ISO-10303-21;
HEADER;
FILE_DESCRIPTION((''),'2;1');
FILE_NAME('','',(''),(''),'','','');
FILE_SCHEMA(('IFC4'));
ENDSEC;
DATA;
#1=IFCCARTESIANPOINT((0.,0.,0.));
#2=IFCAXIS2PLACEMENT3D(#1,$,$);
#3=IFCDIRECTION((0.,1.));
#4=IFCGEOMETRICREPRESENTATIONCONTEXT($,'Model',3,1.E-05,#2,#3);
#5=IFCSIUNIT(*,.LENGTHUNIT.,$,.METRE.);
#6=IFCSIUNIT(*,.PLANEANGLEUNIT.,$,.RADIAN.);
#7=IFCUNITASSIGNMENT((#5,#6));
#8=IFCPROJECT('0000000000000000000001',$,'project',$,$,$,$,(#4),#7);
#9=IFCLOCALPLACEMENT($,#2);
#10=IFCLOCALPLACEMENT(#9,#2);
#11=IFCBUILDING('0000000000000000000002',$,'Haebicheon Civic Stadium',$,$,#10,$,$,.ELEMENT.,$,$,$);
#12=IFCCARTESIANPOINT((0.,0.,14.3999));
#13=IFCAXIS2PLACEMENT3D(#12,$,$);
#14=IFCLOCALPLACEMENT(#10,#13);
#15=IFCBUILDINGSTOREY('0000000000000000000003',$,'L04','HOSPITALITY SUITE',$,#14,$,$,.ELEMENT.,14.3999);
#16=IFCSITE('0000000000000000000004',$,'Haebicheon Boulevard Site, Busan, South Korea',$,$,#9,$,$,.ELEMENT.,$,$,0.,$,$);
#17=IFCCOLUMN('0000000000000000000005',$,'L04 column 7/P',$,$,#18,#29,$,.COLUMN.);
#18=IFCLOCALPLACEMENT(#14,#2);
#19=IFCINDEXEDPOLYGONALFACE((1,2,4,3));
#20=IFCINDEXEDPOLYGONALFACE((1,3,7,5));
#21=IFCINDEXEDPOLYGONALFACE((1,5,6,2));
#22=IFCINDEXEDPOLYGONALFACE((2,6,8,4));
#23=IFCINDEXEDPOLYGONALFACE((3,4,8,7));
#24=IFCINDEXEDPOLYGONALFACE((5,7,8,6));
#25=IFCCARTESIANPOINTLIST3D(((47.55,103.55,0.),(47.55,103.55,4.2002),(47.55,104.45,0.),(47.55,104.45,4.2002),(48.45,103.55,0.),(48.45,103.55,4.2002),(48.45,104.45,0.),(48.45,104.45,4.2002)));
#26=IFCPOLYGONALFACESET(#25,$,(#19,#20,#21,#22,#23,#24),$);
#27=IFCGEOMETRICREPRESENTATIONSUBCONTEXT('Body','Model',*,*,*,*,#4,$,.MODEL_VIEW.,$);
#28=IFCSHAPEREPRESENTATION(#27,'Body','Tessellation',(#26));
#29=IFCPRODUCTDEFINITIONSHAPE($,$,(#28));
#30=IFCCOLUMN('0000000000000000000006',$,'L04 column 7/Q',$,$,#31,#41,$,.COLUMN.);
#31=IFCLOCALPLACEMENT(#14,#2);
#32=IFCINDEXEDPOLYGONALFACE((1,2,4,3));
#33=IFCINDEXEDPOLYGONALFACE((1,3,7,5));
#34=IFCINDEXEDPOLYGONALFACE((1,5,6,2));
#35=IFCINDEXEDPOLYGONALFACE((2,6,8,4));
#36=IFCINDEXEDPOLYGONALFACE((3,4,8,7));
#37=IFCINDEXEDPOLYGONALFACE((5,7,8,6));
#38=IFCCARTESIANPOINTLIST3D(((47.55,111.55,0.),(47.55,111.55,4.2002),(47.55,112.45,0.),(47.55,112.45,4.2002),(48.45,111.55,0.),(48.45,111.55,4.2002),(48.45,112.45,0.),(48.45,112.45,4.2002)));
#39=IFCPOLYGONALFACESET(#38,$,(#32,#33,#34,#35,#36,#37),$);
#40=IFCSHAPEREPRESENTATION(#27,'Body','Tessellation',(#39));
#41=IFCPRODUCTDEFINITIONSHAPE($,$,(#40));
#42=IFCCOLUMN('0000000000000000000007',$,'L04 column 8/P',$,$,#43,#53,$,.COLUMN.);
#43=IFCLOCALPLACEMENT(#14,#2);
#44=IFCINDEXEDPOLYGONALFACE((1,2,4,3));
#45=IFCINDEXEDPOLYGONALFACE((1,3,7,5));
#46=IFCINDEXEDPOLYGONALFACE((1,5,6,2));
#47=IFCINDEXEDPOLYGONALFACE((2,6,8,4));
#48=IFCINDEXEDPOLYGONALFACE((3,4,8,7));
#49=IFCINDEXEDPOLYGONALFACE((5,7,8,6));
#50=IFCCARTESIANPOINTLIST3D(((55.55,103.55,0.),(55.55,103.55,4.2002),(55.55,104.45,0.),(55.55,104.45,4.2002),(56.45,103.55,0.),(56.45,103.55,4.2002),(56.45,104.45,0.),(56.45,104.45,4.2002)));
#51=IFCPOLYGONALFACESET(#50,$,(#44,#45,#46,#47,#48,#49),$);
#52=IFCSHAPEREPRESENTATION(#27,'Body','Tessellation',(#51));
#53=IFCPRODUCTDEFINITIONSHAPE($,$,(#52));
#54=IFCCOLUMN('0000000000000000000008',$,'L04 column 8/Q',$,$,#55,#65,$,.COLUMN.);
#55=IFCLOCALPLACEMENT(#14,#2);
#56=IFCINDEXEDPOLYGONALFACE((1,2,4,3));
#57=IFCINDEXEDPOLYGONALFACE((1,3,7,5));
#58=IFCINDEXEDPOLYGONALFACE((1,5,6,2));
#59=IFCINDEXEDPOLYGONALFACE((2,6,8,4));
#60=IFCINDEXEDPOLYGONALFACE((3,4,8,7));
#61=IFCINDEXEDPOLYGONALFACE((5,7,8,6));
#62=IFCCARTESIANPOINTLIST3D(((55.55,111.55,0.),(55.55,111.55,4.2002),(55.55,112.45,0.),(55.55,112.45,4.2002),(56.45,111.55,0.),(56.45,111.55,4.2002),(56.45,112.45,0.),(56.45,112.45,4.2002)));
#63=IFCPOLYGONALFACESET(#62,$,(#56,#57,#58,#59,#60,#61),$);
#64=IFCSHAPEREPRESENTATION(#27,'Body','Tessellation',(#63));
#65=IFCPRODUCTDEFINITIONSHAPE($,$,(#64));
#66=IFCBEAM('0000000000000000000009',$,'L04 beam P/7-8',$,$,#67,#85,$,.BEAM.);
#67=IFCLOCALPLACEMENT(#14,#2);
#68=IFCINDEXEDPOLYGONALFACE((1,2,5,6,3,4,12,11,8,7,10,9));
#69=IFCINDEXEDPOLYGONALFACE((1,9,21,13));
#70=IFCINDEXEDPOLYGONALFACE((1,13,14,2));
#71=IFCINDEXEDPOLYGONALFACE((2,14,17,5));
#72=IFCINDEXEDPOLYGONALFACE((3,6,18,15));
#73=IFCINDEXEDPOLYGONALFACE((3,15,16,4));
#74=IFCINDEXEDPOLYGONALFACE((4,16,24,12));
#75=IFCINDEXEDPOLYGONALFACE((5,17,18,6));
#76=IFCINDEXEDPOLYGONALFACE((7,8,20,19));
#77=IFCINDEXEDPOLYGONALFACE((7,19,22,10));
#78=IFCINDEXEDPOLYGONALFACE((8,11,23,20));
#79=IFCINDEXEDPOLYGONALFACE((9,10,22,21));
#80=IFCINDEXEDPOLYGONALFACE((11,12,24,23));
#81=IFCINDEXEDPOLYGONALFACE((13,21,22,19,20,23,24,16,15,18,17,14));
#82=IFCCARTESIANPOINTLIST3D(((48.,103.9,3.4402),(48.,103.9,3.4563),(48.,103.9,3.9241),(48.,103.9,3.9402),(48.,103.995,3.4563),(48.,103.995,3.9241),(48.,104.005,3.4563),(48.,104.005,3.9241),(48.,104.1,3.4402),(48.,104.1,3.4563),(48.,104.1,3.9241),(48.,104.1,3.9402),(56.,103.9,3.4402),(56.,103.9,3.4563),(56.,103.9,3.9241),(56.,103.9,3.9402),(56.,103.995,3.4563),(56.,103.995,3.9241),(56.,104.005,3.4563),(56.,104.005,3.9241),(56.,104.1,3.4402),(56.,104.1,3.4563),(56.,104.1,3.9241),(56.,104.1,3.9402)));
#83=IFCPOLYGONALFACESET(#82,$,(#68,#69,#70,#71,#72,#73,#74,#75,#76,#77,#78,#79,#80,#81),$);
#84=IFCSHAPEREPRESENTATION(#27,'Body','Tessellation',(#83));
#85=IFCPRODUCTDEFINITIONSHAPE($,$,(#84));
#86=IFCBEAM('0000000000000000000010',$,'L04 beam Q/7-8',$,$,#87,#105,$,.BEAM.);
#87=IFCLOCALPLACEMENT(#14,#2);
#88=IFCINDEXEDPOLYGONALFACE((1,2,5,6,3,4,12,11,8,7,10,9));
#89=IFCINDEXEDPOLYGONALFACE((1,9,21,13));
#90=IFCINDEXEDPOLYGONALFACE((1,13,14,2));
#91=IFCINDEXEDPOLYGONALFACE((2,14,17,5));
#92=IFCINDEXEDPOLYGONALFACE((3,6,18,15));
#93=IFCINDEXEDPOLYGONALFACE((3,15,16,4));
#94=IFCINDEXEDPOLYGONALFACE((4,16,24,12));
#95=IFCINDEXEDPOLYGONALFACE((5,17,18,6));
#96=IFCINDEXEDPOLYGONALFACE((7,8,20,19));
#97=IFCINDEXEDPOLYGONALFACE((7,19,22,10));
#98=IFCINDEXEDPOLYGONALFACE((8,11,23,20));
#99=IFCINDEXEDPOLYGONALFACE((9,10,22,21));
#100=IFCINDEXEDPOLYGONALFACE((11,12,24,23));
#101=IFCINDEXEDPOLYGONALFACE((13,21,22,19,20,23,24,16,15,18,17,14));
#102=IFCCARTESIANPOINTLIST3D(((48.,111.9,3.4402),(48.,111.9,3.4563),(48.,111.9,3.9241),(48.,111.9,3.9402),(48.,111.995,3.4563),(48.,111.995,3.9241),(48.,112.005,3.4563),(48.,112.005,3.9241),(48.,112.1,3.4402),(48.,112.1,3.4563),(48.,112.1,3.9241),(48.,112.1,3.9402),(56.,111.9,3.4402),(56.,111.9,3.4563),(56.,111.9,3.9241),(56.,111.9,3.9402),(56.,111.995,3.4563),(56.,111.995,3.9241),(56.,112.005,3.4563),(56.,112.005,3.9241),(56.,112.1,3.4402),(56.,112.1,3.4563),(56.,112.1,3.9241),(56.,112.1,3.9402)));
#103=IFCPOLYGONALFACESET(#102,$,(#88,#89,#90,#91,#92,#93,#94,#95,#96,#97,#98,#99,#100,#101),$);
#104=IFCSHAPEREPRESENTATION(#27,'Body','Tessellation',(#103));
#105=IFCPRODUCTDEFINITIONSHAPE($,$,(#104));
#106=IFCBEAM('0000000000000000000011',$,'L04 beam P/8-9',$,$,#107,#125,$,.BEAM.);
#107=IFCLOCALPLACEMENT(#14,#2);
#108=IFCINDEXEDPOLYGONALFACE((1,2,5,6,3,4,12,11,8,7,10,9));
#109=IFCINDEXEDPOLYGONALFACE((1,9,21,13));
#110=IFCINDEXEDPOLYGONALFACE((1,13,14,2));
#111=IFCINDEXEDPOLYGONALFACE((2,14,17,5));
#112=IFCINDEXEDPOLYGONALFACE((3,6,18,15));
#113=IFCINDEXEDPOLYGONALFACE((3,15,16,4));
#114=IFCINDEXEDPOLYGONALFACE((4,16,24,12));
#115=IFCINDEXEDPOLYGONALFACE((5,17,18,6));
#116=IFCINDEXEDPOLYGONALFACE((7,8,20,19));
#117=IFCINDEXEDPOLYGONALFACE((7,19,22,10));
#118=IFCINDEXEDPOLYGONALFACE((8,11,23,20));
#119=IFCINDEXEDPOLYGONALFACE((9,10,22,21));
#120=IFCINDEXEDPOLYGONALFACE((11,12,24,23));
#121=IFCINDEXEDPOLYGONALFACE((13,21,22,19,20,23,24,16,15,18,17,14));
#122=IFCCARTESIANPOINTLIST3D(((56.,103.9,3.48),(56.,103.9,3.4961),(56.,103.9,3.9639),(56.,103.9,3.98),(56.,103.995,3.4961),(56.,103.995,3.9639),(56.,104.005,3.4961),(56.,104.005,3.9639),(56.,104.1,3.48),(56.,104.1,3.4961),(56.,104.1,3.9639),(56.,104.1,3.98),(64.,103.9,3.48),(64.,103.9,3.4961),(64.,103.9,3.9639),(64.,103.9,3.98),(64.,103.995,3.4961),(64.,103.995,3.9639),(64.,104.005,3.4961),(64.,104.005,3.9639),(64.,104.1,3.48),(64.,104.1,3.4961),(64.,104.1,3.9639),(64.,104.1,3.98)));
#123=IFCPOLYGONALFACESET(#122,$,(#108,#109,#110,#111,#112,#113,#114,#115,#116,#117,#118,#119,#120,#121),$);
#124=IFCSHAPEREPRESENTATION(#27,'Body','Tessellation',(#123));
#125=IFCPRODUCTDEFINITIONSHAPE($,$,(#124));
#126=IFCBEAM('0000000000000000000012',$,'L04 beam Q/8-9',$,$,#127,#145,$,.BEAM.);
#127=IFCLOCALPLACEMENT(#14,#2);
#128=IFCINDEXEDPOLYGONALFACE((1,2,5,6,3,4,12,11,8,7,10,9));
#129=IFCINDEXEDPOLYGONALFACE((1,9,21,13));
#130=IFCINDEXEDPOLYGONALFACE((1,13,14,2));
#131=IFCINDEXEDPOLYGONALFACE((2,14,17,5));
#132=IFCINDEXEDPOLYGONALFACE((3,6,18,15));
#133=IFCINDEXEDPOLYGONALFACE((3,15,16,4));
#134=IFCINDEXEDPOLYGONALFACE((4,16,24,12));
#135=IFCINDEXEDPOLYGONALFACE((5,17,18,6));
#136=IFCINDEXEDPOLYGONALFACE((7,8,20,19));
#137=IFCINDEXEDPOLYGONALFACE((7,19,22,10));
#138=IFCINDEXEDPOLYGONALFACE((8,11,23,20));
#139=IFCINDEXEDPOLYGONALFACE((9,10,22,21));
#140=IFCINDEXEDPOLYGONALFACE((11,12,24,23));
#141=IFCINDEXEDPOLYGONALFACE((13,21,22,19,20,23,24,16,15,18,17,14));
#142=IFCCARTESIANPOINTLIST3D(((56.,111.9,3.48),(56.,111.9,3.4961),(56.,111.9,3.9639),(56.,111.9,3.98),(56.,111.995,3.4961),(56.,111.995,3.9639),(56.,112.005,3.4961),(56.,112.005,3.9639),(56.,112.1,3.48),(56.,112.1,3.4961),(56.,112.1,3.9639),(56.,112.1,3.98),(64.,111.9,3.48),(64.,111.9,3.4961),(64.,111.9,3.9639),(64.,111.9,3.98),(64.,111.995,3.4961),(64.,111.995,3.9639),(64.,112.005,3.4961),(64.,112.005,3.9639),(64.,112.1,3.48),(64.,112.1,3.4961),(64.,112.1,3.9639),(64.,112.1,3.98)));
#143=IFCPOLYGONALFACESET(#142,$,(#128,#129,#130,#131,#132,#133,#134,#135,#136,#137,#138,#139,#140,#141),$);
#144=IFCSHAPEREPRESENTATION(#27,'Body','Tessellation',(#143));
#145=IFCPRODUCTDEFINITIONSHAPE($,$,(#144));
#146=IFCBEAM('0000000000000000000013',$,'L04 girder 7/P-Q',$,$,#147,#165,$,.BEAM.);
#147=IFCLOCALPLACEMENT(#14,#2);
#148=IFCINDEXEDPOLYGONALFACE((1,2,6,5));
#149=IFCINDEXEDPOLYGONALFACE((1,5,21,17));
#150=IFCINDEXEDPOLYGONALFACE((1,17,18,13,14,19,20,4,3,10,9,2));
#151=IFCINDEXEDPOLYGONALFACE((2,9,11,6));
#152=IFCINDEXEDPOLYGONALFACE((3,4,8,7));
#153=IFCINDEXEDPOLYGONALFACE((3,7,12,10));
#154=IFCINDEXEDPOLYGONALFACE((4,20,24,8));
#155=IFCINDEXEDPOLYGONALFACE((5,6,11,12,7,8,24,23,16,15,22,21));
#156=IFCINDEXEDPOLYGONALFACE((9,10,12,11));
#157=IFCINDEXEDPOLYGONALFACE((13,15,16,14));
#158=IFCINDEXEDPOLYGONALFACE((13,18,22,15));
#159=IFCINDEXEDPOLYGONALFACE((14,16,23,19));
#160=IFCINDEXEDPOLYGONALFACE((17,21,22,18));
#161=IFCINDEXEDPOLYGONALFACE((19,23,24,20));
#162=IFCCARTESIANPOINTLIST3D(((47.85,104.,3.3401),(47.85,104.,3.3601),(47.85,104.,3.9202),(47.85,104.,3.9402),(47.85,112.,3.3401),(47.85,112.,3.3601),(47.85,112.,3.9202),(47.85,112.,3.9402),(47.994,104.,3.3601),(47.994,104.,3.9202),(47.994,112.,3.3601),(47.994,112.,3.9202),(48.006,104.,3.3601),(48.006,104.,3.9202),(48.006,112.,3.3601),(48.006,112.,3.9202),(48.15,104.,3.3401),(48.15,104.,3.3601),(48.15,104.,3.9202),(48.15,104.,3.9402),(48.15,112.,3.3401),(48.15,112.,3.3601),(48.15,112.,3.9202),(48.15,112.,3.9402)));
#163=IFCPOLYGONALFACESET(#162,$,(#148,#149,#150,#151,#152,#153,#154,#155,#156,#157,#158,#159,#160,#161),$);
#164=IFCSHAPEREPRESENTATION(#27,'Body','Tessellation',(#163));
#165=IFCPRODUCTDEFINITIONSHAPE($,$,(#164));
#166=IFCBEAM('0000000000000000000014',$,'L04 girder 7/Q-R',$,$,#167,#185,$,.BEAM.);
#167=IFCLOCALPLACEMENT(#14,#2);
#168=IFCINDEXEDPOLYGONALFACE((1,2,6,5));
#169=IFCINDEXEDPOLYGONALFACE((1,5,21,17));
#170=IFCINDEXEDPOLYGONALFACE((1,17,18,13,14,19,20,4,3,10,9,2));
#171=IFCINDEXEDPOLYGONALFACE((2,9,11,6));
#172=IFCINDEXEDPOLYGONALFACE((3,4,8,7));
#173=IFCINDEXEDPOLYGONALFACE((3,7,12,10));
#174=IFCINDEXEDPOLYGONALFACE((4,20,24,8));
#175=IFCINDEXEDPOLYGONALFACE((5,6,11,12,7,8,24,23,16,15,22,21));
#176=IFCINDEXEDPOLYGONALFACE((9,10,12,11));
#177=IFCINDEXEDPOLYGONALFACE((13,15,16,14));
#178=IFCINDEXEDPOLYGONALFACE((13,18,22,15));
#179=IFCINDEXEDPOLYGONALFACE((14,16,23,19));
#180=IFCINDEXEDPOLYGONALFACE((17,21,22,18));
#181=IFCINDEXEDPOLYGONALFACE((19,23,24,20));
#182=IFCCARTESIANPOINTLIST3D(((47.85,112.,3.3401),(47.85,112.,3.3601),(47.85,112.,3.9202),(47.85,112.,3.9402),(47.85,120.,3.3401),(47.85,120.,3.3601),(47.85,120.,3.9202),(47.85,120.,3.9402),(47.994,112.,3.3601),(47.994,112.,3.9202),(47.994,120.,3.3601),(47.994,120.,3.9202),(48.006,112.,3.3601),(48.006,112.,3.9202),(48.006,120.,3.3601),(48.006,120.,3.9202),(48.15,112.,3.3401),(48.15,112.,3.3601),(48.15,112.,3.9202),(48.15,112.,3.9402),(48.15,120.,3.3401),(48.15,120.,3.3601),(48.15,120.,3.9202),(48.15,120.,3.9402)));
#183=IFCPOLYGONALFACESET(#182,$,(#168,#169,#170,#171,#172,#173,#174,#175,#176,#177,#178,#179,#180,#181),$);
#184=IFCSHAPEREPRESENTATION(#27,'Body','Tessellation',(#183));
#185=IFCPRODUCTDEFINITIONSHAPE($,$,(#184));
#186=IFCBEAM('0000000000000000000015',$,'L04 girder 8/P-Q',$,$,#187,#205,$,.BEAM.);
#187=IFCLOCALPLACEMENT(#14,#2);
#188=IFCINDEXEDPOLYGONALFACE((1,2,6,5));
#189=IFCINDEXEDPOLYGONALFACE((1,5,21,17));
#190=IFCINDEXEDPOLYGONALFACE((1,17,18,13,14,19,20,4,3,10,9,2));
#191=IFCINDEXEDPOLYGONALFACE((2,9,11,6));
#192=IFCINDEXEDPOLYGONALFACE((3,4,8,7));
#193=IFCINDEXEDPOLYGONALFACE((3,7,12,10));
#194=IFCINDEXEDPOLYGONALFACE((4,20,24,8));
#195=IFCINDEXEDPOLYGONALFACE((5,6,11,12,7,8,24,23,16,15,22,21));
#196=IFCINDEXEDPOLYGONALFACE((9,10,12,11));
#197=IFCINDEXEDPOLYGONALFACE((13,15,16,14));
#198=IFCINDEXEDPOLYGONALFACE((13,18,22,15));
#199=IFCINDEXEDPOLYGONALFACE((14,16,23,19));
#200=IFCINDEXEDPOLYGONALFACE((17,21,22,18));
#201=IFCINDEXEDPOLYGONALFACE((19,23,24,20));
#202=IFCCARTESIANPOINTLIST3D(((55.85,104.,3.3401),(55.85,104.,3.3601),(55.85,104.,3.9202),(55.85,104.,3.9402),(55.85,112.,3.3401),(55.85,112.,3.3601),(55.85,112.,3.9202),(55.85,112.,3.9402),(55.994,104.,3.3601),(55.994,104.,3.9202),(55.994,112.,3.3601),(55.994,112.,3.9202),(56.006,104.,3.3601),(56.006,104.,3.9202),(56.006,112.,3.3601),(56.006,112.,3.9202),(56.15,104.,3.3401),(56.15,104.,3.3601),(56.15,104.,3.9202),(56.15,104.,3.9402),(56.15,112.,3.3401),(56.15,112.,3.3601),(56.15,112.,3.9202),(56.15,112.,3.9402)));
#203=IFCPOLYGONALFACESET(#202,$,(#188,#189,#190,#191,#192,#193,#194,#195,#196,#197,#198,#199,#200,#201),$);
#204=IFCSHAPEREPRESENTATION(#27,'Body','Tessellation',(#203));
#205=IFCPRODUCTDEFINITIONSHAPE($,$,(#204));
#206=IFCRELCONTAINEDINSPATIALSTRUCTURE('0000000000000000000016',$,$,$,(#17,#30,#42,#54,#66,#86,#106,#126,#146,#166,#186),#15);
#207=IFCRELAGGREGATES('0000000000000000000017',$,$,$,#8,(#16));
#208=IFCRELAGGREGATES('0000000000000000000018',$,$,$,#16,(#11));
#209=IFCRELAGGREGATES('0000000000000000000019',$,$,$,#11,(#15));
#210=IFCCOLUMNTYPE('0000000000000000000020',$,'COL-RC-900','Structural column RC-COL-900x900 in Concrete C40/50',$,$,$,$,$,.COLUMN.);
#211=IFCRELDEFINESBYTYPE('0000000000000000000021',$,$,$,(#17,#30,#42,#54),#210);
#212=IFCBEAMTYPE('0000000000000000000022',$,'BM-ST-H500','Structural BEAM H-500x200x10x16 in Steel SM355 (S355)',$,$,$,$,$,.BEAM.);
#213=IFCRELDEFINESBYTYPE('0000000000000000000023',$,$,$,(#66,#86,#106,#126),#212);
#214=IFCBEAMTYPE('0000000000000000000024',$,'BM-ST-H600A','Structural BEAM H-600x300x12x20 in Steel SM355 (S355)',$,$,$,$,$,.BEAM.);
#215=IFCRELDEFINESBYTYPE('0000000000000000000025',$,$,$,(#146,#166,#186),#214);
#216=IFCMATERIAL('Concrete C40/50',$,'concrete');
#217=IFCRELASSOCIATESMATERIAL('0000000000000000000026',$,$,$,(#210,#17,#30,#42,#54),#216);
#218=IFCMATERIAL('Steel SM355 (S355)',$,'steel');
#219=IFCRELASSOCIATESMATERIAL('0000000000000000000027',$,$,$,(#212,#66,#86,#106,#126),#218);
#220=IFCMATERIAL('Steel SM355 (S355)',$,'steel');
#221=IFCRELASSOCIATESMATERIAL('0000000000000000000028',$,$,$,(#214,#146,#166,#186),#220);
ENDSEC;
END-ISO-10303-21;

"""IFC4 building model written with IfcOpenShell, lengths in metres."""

from ifc_helpers import new_model, si_unit, direction, frame, origin, origin_2d, place, context, subcontext, project, spatial, rectangle, i_section, extrude, material, material_profile, profile_set, type_object, element, save


model = new_model("IFC4")

# Units and contexts
model_context = context("Model", 3, precision=1e-05, world=origin(), true_north=direction((0.0, 1.0)))
body_context = subcontext(model_context, "Body", "Model", "MODEL_VIEW")
ifc_project = project(units=[si_unit("LENGTHUNIT", "METRE"), si_unit("PLANEANGLEUNIT", "RADIAN")], contexts=[model_context])

# Site, building, storey
site_placement = place(None, origin())
site = spatial("IfcSite", under=ifc_project, at=site_placement, Name="Haebicheon Boulevard Site, Busan, South Korea", CompositionType="ELEMENT", RefElevation=0.0)
building_placement = place(site_placement, origin())
building = spatial("IfcBuilding", under=site, at=building_placement, Name="Haebicheon Civic Stadium", CompositionType="ELEMENT")
storey_placement = place(building_placement, frame((0.0, 0.0, 14.3999)))
storey = spatial("IfcBuildingStorey", under=building, at=storey_placement, Name="L04", Description="HOSPITALITY SUITE", CompositionType="ELEMENT", Elevation=14.3999)

# Columns
ifc_material_1 = material(Name="Concrete C40/50", Category="concrete")
ifc_material_profile_1 = material_profile(ifc_material_1, rectangle(XDim=0.8999, YDim=0.8999, at=origin_2d()), Name="RC-COL-900x900")
ifc_profile_set_1 = profile_set([ifc_material_profile_1], Name="Concrete C40/50")
column_type = type_object("IfcColumnType", Name="COL-RC-900", Description="Structural column RC-COL-900x900 in Concrete C40/50", PredefinedType="COLUMN", material=ifc_profile_set_1)
for number, where, z_axis, x_axis, name in (
    (1, (48.0, 104.0, 0.0), (0.0, 0.0, 1.0), (1.0, 0.0, 0.0), "L04 column 7/P"),
    (2, (48.0, 112.0, 0.0), (0.0, 0.0, 1.0), (1.0, 0.0, 0.0), "L04 column 7/Q"),
    (3, (56.0, 104.0, 0.0), (0.0, 0.0, 1.0), (1.0, 0.0, 0.0), "L04 column 8/P"),
    (4, (56.0, 112.0, 0.0), (0.0, 0.0, 1.0), (1.0, 0.0, 0.0), "L04 column 8/Q"),
):
    element("IfcColumn", number, at=place(storey_placement, frame(where, z_axis=z_axis, x_axis=x_axis)), inside=storey, type_object=column_type, material=ifc_profile_set_1, Name=name, PredefinedType="COLUMN", context=body_context, shape_type="SweptSolid", body=[
        extrude(rectangle(XDim=0.8999, YDim=0.8999, at=origin_2d()), origin(), (0.0, 0.0, 1.0), 4.2002),
    ])

# Beams
ifc_material_2 = material(Name="Steel SM355 (S355)", Category="steel")
ifc_material_profile_2 = material_profile(ifc_material_2, i_section(OverallWidth=0.2, OverallDepth=0.5, WebThickness=0.01, FlangeThickness=0.0161, at=origin_2d()), Name="H-500x200x10x16")
ifc_profile_set_2 = profile_set([ifc_material_profile_2], Name="Steel SM355 (S355)")
beam_type_1 = type_object("IfcBeamType", Name="BM-ST-H500", Description="Structural BEAM H-500x200x10x16 in Steel SM355 (S355)", PredefinedType="BEAM", material=ifc_profile_set_2)
for number, where, z_axis, x_axis, name in (
    (5, (48.0, 104.0, 3.6902), (1.0, 0.0, 0.0), (0.0, 1.0, 0.0), "L04 beam P/7-8"),
    (6, (48.0, 112.0, 3.6902), (1.0, 0.0, 0.0), (0.0, 1.0, 0.0), "L04 beam Q/7-8"),
    (7, (56.0, 104.0, 3.73), (1.0, 0.0, 0.0), (0.0, 1.0, 0.0), "L04 beam P/8-9"),
    (8, (56.0, 112.0, 3.73), (1.0, 0.0, 0.0), (0.0, 1.0, 0.0), "L04 beam Q/8-9"),
):
    element("IfcBeam", number, at=place(storey_placement, frame(where, z_axis=z_axis, x_axis=x_axis)), inside=storey, type_object=beam_type_1, material=ifc_profile_set_2, Name=name, PredefinedType="BEAM", context=body_context, shape_type="SweptSolid", body=[
        extrude(i_section(OverallWidth=0.2, OverallDepth=0.5, WebThickness=0.01, FlangeThickness=0.0161, at=origin_2d()), origin(), (0.0, 0.0, 1.0), 8.0),
    ])
ifc_material_3 = material(Name="Steel SM355 (S355)", Category="steel")
ifc_material_profile_3 = material_profile(ifc_material_3, i_section(OverallWidth=0.3, OverallDepth=0.6001, WebThickness=0.012, FlangeThickness=0.02, at=origin_2d()), Name="H-600x300x12x20")
ifc_profile_set_3 = profile_set([ifc_material_profile_3], Name="Steel SM355 (S355)")
beam_type_2 = type_object("IfcBeamType", Name="BM-ST-H600A", Description="Structural BEAM H-600x300x12x20 in Steel SM355 (S355)", PredefinedType="BEAM", material=ifc_profile_set_3)
for number, where, z_axis, x_axis, name in (
    (9, (48.0, 104.0, 3.6401), (0.0, 1.0, 0.0), (-1.0, 0.0, 0.0), "L04 girder 7/P-Q"),
    (10, (48.0, 112.0, 3.6401), (0.0, 1.0, 0.0), (-1.0, 0.0, 0.0), "L04 girder 7/Q-R"),
    (11, (56.0, 104.0, 3.6401), (0.0, 1.0, 0.0), (-1.0, 0.0, 0.0), "L04 girder 8/P-Q"),
):
    element("IfcBeam", number, at=place(storey_placement, frame(where, z_axis=z_axis, x_axis=x_axis)), inside=storey, type_object=beam_type_2, material=ifc_profile_set_3, Name=name, PredefinedType="BEAM", context=body_context, shape_type="SweptSolid", body=[
        extrude(i_section(OverallWidth=0.3, OverallDepth=0.6001, WebThickness=0.012, FlangeThickness=0.02, at=origin_2d()), origin(), (0.0, 0.0, 1.0), 8.0),
    ])

save(model, "model.ifc")
